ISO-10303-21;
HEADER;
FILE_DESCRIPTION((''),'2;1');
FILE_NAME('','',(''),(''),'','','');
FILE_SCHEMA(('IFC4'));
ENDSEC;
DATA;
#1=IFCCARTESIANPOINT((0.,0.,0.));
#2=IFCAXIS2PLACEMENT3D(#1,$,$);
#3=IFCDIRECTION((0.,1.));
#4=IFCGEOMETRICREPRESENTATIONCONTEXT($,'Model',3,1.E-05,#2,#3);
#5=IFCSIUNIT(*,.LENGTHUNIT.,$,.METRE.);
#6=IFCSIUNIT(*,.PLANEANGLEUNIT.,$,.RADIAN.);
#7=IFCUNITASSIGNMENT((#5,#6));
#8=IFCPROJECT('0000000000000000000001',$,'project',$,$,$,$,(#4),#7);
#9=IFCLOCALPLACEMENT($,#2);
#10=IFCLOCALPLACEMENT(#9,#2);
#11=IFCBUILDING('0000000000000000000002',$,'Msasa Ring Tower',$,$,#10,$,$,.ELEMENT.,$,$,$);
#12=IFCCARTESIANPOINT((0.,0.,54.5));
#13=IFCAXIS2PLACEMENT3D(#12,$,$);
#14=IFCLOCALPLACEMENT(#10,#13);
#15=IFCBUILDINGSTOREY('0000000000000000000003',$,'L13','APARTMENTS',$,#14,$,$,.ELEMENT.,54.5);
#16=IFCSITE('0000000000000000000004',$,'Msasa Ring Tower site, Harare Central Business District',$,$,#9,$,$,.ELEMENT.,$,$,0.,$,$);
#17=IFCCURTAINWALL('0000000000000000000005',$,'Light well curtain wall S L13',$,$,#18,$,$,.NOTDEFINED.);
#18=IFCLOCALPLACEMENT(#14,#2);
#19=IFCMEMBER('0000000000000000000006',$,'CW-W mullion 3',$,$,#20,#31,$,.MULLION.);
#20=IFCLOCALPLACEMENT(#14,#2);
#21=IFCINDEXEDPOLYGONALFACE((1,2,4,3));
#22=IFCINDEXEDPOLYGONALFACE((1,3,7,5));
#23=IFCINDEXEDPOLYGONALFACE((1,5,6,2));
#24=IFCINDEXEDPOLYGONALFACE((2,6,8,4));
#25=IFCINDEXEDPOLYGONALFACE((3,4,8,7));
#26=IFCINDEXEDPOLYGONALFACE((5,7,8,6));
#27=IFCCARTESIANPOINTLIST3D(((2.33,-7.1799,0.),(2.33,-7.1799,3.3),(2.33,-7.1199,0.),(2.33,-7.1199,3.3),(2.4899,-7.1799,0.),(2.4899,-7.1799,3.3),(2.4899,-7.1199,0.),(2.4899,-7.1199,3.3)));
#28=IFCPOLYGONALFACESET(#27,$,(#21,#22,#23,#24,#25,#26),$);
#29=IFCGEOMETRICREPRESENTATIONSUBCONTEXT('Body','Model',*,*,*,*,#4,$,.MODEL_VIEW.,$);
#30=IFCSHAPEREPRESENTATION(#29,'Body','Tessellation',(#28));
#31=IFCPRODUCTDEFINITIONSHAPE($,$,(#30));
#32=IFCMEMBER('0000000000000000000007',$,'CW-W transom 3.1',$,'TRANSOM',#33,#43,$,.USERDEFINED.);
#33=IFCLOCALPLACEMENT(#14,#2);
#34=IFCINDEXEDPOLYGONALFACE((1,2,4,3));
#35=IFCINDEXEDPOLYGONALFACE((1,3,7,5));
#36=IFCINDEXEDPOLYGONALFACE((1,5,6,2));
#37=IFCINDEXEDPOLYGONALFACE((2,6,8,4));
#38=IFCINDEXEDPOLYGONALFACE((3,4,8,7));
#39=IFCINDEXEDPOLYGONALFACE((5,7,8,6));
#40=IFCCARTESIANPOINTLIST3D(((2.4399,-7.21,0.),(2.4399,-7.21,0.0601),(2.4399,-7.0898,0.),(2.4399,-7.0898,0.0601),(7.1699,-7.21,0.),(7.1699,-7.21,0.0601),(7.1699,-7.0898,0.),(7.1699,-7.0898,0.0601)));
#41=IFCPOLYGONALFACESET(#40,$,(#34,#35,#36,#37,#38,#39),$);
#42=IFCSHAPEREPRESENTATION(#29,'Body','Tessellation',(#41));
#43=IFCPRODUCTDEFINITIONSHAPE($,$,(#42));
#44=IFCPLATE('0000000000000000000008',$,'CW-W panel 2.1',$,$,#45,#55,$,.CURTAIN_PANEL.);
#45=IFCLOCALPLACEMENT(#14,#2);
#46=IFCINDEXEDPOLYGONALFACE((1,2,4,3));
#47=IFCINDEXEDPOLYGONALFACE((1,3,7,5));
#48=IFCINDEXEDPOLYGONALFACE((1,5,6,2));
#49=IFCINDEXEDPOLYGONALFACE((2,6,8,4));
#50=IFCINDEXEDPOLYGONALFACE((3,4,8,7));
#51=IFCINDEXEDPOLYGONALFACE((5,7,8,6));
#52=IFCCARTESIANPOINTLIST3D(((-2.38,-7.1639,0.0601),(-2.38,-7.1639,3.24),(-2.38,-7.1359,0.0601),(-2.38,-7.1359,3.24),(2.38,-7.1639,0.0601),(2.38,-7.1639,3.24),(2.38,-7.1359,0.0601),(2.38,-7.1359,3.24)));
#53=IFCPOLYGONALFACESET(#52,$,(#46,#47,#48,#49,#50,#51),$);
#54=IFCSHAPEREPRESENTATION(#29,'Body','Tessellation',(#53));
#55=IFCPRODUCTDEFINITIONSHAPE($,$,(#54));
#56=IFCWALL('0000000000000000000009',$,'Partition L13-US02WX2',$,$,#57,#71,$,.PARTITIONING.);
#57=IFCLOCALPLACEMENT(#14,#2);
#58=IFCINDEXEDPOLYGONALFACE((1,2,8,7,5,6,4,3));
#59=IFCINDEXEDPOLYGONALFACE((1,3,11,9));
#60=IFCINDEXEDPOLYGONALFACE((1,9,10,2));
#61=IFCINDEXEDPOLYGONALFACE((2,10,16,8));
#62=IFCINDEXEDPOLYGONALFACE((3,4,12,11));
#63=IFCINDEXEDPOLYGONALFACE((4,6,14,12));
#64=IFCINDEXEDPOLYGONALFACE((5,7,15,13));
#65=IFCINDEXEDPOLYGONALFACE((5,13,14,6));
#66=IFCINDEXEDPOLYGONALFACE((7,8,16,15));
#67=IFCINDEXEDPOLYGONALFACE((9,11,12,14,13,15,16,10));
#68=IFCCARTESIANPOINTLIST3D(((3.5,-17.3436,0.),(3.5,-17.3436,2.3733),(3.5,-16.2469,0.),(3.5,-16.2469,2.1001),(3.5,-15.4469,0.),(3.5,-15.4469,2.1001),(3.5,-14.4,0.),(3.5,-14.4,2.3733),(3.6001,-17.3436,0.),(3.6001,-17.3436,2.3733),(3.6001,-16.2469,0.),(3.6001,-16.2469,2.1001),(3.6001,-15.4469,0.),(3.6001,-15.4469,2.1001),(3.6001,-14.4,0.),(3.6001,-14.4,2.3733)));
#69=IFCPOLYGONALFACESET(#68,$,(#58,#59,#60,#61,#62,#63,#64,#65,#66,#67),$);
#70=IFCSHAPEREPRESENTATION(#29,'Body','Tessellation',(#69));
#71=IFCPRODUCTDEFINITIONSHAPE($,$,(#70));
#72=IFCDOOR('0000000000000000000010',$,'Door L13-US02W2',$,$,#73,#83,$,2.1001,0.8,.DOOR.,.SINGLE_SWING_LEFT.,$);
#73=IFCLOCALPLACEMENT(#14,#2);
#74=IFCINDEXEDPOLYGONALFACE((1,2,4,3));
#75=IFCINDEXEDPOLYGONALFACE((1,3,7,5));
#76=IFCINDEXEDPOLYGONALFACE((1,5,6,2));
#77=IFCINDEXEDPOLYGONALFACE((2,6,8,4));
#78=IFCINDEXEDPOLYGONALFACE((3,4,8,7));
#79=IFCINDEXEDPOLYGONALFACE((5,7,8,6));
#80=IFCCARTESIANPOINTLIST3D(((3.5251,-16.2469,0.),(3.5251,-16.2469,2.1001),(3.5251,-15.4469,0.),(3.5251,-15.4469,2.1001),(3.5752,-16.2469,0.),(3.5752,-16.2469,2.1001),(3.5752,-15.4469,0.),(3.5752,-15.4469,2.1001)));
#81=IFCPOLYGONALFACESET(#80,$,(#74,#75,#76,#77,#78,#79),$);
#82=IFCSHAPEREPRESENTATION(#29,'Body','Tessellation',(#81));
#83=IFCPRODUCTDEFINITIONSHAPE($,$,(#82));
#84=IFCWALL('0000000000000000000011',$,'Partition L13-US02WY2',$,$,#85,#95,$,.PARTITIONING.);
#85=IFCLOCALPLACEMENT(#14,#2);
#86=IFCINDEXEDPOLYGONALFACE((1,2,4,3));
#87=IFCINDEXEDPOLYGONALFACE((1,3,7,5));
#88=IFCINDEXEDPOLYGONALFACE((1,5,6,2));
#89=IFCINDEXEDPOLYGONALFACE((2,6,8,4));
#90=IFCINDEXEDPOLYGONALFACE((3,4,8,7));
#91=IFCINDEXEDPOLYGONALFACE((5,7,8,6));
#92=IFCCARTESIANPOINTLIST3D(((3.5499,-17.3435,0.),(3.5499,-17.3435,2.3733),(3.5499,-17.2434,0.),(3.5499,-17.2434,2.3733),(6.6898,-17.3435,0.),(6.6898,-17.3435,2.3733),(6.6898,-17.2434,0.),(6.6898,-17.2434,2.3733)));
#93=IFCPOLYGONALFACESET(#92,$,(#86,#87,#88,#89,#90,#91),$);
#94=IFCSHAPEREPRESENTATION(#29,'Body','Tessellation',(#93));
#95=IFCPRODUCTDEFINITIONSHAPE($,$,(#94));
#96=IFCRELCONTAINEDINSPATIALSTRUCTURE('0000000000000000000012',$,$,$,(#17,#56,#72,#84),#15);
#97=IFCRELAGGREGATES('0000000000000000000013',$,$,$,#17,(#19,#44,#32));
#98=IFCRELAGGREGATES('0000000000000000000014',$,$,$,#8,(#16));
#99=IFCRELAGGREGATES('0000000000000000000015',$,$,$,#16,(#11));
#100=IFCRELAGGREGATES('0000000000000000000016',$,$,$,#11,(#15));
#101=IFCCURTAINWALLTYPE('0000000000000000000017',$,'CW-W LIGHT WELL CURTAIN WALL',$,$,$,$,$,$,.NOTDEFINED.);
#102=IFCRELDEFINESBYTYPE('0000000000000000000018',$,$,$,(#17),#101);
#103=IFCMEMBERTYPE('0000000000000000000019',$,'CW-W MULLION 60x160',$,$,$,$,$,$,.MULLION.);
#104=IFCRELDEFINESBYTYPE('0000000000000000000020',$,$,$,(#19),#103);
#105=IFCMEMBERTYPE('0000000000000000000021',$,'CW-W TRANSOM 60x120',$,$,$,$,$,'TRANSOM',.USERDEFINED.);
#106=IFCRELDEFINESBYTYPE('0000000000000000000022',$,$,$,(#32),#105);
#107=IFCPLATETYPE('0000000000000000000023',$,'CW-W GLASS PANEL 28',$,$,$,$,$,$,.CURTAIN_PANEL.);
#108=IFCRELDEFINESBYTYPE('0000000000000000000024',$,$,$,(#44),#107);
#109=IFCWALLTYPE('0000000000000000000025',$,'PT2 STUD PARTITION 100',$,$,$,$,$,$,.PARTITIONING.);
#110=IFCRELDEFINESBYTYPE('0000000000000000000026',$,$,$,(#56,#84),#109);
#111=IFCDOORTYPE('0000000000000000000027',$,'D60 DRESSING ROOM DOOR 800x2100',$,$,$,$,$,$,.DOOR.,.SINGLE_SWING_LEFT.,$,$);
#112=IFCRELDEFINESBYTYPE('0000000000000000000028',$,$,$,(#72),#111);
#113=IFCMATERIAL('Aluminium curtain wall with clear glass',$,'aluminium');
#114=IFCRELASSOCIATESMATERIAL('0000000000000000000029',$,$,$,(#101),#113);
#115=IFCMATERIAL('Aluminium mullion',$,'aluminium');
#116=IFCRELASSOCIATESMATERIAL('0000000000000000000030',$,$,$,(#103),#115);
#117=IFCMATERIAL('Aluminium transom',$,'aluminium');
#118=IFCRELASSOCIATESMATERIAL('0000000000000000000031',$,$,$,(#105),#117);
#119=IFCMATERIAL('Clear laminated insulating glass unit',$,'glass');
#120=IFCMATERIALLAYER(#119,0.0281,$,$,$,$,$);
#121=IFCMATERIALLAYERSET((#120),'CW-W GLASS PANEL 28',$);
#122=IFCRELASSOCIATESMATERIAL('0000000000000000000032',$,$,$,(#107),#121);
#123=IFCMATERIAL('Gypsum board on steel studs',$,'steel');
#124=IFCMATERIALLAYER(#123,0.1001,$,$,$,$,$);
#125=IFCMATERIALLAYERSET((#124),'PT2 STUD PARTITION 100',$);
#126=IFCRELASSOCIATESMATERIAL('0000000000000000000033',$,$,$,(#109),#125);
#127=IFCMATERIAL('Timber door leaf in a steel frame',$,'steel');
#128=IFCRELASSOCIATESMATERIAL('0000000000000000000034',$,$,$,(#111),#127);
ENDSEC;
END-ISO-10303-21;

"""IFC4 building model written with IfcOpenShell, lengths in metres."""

from ifc_helpers import new_model, si_unit, direction, frame, frame_2d, origin, origin_2d, place, context, subcontext, project, spatial, rectangle, extrude, material, layer, layer_set, material_profile, profile_set, type_object, element, fill, aggregate, save


model = new_model("IFC4")

# Units and contexts
model_context = context("Model", 3, precision=1e-05, world=origin(), true_north=direction((0.0, 1.0)))
body_context = subcontext(model_context, "Body", "Model", "MODEL_VIEW")
ifc_project = project(units=[si_unit("LENGTHUNIT", "METRE"), si_unit("PLANEANGLEUNIT", "RADIAN")], contexts=[model_context])

# Site, building, storey
site_placement = place(None, origin())
site = spatial("IfcSite", under=ifc_project, at=site_placement, Name="Msasa Ring Tower site, Harare Central Business District", CompositionType="ELEMENT", RefElevation=0.0)
building_placement = place(site_placement, origin())
building = spatial("IfcBuilding", under=site, at=building_placement, Name="Msasa Ring Tower", CompositionType="ELEMENT")
storey_placement = place(building_placement, frame((0.0, 0.0, 54.5)))
storey = spatial("IfcBuildingStorey", under=building, at=storey_placement, Name="L13", Description="APARTMENTS", CompositionType="ELEMENT", Elevation=54.5)

# Curtain wall, members, plate
ifc_material_1 = material(Name="Aluminium curtain wall with clear glass", Category="aluminium")
curtain_wall_type = type_object("IfcCurtainWallType", Name="CW-W LIGHT WELL CURTAIN WALL", PredefinedType="NOTDEFINED", material=ifc_material_1)
curtain_wall_placement = place(storey_placement, origin())
curtain_wall = element("IfcCurtainWall", 1, at=curtain_wall_placement, inside=storey, type_object=curtain_wall_type, Name="Light well curtain wall S L13", PredefinedType="NOTDEFINED")
ifc_material_2 = material(Name="Aluminium mullion", Category="aluminium")
ifc_material_profile_1 = material_profile(ifc_material_2, rectangle(XDim=0.0601, YDim=0.1599, at=origin_2d()), Name="AL 60x160")
ifc_profile_set_1 = profile_set([ifc_material_profile_1], Name="Aluminium mullion")
member_type_1 = type_object("IfcMemberType", Name="CW-W MULLION 60x160", PredefinedType="MULLION", material=ifc_profile_set_1)
member_1_placement = place(storey_placement, frame((2.4099, -7.1499, 0.0), z_axis=(0.0, 0.0, 1.0), x_axis=(0.0, 1.0, 0.0)))
member_1 = element("IfcMember", 2, at=member_1_placement, type_object=member_type_1, Name="CW-W mullion 3", PredefinedType="MULLION", context=body_context, shape_type="SweptSolid", body=[
    extrude(rectangle(XDim=0.0601, YDim=0.1599, at=origin_2d()), origin(), (0.0, 0.0, 1.0), 3.3),
])
ifc_material_3 = material(Name="Aluminium transom", Category="aluminium")
ifc_material_profile_2 = material_profile(ifc_material_3, rectangle(XDim=0.1201, YDim=0.0601, at=origin_2d()), Name="AL 60x120")
ifc_profile_set_2 = profile_set([ifc_material_profile_2], Name="Aluminium transom")
member_type_2 = type_object("IfcMemberType", Name="CW-W TRANSOM 60x120", ElementType="TRANSOM", PredefinedType="USERDEFINED", material=ifc_profile_set_2)
member_2_placement = place(storey_placement, frame((2.4399, -7.1499, 0.03), z_axis=(1.0, 0.0, 0.0), x_axis=(0.0, 1.0, 0.0)))
member_2 = element("IfcMember", 3, at=member_2_placement, type_object=member_type_2, Name="CW-W transom 3.1", ObjectType="TRANSOM", PredefinedType="USERDEFINED", context=body_context, shape_type="SweptSolid", body=[
    extrude(rectangle(XDim=0.1201, YDim=0.0601, at=origin_2d()), origin(), (0.0, 0.0, 1.0), 4.73),
])
ifc_material_4 = material(Name="Clear laminated insulating glass unit", Category="glass")
ifc_layer_1 = layer(ifc_material_4, 0.0281)
ifc_layer_set_1 = layer_set([ifc_layer_1], Name="CW-W GLASS PANEL 28")
plate_type = type_object("IfcPlateType", Name="CW-W GLASS PANEL 28", PredefinedType="CURTAIN_PANEL", material=ifc_layer_set_1)
plate_placement = place(storey_placement, frame((0.0, -7.1499, 0.0601), z_axis=(0.0, 0.0, 1.0), x_axis=(1.0, 0.0, 0.0)))
plate = element("IfcPlate", 4, at=plate_placement, type_object=plate_type, Name="CW-W panel 2.1", PredefinedType="CURTAIN_PANEL", context=body_context, shape_type="SweptSolid", body=[
    extrude(rectangle(XDim=4.76, YDim=0.0281, at=origin_2d()), origin(), (0.0, 0.0, 1.0), 3.1799),
])
aggregate(curtain_wall, [member_1, plate, member_2])

# Wall, opening, door
ifc_material_5 = material(Name="Gypsum board on steel studs", Category="steel")
ifc_layer_2 = layer(ifc_material_5, 0.1001)
ifc_layer_set_2 = layer_set([ifc_layer_2], Name="PT2 STUD PARTITION 100")
wall_type_1 = type_object("IfcWallType", Name="PT2 STUD PARTITION 100", PredefinedType="PARTITIONING", material=ifc_layer_set_2)
wall_1_placement = place(storey_placement, frame((3.55, -17.3435, 0.0), z_axis=(0.0, 0.0, 1.0), x_axis=(0.0, 1.0, 0.0)))
wall_1 = element("IfcWall", 5, at=wall_1_placement, inside=storey, type_object=wall_type_1, Name="Partition L13-US02WX2", PredefinedType="PARTITIONING", context=body_context, shape_type="SweptSolid", body=[
    extrude(rectangle(XDim=2.9436, YDim=0.1001, at=frame_2d((1.4717, 0.0))), origin(), (0.0, 0.0, 1.0), 2.3733),
])
opening_1_placement = place(wall_1_placement, frame((1.0967, 0.0, 0.0)))
opening_1 = element("IfcOpeningElement", 6, at=opening_1_placement, cuts=wall_1, PredefinedType="OPENING", context=body_context, shape_type="SweptSolid", body=[
    extrude(rectangle(XDim=0.8, YDim=2.1001, at=frame_2d((0.3999, 1.05))), frame((0.0, 0.0601, 0.0), z_axis=(0.0, -1.0, 0.0), x_axis=(1.0, 0.0, 0.0)), (0.0, 0.0, 1.0), 0.1201),
])
ifc_material_6 = material(Name="Timber door leaf in a steel frame", Category="steel")
door_type_1 = type_object("IfcDoorType", Name="D60 DRESSING ROOM DOOR 800x2100", OperationType="SINGLE_SWING_LEFT", PredefinedType="DOOR", material=ifc_material_6)
door_1_placement = place(opening_1_placement, origin())
door_1 = element("IfcDoor", 7, at=door_1_placement, inside=storey, type_object=door_type_1, Name="Door L13-US02W2", OperationType="SINGLE_SWING_LEFT", OverallHeight=2.1001, OverallWidth=0.8, PredefinedType="DOOR", context=body_context, shape_type="SweptSolid", body=[
    extrude(rectangle(XDim=0.8, YDim=2.1001, at=frame_2d((0.3999, 1.05))), frame((0.0, 0.0249, 0.0), z_axis=(0.0, -1.0, 0.0), x_axis=(1.0, 0.0, 0.0)), (0.0, 0.0, 1.0), 0.05),
])
fill(opening_1, door_1)

# Wall
wall_2_placement = place(storey_placement, frame((3.55, -17.2935, 0.0), z_axis=(0.0, 0.0, 1.0), x_axis=(1.0, 0.0, 0.0)))
element("IfcWall", 8, at=wall_2_placement, inside=storey, type_object=wall_type_1, Name="Partition L13-US02WY2", PredefinedType="PARTITIONING", context=body_context, shape_type="SweptSolid", body=[
    extrude(rectangle(XDim=3.1399, YDim=0.1001, at=frame_2d((1.5698, 0.0))), origin(), (0.0, 0.0, 1.0), 2.3733),
])

save(model, "model.ifc")
